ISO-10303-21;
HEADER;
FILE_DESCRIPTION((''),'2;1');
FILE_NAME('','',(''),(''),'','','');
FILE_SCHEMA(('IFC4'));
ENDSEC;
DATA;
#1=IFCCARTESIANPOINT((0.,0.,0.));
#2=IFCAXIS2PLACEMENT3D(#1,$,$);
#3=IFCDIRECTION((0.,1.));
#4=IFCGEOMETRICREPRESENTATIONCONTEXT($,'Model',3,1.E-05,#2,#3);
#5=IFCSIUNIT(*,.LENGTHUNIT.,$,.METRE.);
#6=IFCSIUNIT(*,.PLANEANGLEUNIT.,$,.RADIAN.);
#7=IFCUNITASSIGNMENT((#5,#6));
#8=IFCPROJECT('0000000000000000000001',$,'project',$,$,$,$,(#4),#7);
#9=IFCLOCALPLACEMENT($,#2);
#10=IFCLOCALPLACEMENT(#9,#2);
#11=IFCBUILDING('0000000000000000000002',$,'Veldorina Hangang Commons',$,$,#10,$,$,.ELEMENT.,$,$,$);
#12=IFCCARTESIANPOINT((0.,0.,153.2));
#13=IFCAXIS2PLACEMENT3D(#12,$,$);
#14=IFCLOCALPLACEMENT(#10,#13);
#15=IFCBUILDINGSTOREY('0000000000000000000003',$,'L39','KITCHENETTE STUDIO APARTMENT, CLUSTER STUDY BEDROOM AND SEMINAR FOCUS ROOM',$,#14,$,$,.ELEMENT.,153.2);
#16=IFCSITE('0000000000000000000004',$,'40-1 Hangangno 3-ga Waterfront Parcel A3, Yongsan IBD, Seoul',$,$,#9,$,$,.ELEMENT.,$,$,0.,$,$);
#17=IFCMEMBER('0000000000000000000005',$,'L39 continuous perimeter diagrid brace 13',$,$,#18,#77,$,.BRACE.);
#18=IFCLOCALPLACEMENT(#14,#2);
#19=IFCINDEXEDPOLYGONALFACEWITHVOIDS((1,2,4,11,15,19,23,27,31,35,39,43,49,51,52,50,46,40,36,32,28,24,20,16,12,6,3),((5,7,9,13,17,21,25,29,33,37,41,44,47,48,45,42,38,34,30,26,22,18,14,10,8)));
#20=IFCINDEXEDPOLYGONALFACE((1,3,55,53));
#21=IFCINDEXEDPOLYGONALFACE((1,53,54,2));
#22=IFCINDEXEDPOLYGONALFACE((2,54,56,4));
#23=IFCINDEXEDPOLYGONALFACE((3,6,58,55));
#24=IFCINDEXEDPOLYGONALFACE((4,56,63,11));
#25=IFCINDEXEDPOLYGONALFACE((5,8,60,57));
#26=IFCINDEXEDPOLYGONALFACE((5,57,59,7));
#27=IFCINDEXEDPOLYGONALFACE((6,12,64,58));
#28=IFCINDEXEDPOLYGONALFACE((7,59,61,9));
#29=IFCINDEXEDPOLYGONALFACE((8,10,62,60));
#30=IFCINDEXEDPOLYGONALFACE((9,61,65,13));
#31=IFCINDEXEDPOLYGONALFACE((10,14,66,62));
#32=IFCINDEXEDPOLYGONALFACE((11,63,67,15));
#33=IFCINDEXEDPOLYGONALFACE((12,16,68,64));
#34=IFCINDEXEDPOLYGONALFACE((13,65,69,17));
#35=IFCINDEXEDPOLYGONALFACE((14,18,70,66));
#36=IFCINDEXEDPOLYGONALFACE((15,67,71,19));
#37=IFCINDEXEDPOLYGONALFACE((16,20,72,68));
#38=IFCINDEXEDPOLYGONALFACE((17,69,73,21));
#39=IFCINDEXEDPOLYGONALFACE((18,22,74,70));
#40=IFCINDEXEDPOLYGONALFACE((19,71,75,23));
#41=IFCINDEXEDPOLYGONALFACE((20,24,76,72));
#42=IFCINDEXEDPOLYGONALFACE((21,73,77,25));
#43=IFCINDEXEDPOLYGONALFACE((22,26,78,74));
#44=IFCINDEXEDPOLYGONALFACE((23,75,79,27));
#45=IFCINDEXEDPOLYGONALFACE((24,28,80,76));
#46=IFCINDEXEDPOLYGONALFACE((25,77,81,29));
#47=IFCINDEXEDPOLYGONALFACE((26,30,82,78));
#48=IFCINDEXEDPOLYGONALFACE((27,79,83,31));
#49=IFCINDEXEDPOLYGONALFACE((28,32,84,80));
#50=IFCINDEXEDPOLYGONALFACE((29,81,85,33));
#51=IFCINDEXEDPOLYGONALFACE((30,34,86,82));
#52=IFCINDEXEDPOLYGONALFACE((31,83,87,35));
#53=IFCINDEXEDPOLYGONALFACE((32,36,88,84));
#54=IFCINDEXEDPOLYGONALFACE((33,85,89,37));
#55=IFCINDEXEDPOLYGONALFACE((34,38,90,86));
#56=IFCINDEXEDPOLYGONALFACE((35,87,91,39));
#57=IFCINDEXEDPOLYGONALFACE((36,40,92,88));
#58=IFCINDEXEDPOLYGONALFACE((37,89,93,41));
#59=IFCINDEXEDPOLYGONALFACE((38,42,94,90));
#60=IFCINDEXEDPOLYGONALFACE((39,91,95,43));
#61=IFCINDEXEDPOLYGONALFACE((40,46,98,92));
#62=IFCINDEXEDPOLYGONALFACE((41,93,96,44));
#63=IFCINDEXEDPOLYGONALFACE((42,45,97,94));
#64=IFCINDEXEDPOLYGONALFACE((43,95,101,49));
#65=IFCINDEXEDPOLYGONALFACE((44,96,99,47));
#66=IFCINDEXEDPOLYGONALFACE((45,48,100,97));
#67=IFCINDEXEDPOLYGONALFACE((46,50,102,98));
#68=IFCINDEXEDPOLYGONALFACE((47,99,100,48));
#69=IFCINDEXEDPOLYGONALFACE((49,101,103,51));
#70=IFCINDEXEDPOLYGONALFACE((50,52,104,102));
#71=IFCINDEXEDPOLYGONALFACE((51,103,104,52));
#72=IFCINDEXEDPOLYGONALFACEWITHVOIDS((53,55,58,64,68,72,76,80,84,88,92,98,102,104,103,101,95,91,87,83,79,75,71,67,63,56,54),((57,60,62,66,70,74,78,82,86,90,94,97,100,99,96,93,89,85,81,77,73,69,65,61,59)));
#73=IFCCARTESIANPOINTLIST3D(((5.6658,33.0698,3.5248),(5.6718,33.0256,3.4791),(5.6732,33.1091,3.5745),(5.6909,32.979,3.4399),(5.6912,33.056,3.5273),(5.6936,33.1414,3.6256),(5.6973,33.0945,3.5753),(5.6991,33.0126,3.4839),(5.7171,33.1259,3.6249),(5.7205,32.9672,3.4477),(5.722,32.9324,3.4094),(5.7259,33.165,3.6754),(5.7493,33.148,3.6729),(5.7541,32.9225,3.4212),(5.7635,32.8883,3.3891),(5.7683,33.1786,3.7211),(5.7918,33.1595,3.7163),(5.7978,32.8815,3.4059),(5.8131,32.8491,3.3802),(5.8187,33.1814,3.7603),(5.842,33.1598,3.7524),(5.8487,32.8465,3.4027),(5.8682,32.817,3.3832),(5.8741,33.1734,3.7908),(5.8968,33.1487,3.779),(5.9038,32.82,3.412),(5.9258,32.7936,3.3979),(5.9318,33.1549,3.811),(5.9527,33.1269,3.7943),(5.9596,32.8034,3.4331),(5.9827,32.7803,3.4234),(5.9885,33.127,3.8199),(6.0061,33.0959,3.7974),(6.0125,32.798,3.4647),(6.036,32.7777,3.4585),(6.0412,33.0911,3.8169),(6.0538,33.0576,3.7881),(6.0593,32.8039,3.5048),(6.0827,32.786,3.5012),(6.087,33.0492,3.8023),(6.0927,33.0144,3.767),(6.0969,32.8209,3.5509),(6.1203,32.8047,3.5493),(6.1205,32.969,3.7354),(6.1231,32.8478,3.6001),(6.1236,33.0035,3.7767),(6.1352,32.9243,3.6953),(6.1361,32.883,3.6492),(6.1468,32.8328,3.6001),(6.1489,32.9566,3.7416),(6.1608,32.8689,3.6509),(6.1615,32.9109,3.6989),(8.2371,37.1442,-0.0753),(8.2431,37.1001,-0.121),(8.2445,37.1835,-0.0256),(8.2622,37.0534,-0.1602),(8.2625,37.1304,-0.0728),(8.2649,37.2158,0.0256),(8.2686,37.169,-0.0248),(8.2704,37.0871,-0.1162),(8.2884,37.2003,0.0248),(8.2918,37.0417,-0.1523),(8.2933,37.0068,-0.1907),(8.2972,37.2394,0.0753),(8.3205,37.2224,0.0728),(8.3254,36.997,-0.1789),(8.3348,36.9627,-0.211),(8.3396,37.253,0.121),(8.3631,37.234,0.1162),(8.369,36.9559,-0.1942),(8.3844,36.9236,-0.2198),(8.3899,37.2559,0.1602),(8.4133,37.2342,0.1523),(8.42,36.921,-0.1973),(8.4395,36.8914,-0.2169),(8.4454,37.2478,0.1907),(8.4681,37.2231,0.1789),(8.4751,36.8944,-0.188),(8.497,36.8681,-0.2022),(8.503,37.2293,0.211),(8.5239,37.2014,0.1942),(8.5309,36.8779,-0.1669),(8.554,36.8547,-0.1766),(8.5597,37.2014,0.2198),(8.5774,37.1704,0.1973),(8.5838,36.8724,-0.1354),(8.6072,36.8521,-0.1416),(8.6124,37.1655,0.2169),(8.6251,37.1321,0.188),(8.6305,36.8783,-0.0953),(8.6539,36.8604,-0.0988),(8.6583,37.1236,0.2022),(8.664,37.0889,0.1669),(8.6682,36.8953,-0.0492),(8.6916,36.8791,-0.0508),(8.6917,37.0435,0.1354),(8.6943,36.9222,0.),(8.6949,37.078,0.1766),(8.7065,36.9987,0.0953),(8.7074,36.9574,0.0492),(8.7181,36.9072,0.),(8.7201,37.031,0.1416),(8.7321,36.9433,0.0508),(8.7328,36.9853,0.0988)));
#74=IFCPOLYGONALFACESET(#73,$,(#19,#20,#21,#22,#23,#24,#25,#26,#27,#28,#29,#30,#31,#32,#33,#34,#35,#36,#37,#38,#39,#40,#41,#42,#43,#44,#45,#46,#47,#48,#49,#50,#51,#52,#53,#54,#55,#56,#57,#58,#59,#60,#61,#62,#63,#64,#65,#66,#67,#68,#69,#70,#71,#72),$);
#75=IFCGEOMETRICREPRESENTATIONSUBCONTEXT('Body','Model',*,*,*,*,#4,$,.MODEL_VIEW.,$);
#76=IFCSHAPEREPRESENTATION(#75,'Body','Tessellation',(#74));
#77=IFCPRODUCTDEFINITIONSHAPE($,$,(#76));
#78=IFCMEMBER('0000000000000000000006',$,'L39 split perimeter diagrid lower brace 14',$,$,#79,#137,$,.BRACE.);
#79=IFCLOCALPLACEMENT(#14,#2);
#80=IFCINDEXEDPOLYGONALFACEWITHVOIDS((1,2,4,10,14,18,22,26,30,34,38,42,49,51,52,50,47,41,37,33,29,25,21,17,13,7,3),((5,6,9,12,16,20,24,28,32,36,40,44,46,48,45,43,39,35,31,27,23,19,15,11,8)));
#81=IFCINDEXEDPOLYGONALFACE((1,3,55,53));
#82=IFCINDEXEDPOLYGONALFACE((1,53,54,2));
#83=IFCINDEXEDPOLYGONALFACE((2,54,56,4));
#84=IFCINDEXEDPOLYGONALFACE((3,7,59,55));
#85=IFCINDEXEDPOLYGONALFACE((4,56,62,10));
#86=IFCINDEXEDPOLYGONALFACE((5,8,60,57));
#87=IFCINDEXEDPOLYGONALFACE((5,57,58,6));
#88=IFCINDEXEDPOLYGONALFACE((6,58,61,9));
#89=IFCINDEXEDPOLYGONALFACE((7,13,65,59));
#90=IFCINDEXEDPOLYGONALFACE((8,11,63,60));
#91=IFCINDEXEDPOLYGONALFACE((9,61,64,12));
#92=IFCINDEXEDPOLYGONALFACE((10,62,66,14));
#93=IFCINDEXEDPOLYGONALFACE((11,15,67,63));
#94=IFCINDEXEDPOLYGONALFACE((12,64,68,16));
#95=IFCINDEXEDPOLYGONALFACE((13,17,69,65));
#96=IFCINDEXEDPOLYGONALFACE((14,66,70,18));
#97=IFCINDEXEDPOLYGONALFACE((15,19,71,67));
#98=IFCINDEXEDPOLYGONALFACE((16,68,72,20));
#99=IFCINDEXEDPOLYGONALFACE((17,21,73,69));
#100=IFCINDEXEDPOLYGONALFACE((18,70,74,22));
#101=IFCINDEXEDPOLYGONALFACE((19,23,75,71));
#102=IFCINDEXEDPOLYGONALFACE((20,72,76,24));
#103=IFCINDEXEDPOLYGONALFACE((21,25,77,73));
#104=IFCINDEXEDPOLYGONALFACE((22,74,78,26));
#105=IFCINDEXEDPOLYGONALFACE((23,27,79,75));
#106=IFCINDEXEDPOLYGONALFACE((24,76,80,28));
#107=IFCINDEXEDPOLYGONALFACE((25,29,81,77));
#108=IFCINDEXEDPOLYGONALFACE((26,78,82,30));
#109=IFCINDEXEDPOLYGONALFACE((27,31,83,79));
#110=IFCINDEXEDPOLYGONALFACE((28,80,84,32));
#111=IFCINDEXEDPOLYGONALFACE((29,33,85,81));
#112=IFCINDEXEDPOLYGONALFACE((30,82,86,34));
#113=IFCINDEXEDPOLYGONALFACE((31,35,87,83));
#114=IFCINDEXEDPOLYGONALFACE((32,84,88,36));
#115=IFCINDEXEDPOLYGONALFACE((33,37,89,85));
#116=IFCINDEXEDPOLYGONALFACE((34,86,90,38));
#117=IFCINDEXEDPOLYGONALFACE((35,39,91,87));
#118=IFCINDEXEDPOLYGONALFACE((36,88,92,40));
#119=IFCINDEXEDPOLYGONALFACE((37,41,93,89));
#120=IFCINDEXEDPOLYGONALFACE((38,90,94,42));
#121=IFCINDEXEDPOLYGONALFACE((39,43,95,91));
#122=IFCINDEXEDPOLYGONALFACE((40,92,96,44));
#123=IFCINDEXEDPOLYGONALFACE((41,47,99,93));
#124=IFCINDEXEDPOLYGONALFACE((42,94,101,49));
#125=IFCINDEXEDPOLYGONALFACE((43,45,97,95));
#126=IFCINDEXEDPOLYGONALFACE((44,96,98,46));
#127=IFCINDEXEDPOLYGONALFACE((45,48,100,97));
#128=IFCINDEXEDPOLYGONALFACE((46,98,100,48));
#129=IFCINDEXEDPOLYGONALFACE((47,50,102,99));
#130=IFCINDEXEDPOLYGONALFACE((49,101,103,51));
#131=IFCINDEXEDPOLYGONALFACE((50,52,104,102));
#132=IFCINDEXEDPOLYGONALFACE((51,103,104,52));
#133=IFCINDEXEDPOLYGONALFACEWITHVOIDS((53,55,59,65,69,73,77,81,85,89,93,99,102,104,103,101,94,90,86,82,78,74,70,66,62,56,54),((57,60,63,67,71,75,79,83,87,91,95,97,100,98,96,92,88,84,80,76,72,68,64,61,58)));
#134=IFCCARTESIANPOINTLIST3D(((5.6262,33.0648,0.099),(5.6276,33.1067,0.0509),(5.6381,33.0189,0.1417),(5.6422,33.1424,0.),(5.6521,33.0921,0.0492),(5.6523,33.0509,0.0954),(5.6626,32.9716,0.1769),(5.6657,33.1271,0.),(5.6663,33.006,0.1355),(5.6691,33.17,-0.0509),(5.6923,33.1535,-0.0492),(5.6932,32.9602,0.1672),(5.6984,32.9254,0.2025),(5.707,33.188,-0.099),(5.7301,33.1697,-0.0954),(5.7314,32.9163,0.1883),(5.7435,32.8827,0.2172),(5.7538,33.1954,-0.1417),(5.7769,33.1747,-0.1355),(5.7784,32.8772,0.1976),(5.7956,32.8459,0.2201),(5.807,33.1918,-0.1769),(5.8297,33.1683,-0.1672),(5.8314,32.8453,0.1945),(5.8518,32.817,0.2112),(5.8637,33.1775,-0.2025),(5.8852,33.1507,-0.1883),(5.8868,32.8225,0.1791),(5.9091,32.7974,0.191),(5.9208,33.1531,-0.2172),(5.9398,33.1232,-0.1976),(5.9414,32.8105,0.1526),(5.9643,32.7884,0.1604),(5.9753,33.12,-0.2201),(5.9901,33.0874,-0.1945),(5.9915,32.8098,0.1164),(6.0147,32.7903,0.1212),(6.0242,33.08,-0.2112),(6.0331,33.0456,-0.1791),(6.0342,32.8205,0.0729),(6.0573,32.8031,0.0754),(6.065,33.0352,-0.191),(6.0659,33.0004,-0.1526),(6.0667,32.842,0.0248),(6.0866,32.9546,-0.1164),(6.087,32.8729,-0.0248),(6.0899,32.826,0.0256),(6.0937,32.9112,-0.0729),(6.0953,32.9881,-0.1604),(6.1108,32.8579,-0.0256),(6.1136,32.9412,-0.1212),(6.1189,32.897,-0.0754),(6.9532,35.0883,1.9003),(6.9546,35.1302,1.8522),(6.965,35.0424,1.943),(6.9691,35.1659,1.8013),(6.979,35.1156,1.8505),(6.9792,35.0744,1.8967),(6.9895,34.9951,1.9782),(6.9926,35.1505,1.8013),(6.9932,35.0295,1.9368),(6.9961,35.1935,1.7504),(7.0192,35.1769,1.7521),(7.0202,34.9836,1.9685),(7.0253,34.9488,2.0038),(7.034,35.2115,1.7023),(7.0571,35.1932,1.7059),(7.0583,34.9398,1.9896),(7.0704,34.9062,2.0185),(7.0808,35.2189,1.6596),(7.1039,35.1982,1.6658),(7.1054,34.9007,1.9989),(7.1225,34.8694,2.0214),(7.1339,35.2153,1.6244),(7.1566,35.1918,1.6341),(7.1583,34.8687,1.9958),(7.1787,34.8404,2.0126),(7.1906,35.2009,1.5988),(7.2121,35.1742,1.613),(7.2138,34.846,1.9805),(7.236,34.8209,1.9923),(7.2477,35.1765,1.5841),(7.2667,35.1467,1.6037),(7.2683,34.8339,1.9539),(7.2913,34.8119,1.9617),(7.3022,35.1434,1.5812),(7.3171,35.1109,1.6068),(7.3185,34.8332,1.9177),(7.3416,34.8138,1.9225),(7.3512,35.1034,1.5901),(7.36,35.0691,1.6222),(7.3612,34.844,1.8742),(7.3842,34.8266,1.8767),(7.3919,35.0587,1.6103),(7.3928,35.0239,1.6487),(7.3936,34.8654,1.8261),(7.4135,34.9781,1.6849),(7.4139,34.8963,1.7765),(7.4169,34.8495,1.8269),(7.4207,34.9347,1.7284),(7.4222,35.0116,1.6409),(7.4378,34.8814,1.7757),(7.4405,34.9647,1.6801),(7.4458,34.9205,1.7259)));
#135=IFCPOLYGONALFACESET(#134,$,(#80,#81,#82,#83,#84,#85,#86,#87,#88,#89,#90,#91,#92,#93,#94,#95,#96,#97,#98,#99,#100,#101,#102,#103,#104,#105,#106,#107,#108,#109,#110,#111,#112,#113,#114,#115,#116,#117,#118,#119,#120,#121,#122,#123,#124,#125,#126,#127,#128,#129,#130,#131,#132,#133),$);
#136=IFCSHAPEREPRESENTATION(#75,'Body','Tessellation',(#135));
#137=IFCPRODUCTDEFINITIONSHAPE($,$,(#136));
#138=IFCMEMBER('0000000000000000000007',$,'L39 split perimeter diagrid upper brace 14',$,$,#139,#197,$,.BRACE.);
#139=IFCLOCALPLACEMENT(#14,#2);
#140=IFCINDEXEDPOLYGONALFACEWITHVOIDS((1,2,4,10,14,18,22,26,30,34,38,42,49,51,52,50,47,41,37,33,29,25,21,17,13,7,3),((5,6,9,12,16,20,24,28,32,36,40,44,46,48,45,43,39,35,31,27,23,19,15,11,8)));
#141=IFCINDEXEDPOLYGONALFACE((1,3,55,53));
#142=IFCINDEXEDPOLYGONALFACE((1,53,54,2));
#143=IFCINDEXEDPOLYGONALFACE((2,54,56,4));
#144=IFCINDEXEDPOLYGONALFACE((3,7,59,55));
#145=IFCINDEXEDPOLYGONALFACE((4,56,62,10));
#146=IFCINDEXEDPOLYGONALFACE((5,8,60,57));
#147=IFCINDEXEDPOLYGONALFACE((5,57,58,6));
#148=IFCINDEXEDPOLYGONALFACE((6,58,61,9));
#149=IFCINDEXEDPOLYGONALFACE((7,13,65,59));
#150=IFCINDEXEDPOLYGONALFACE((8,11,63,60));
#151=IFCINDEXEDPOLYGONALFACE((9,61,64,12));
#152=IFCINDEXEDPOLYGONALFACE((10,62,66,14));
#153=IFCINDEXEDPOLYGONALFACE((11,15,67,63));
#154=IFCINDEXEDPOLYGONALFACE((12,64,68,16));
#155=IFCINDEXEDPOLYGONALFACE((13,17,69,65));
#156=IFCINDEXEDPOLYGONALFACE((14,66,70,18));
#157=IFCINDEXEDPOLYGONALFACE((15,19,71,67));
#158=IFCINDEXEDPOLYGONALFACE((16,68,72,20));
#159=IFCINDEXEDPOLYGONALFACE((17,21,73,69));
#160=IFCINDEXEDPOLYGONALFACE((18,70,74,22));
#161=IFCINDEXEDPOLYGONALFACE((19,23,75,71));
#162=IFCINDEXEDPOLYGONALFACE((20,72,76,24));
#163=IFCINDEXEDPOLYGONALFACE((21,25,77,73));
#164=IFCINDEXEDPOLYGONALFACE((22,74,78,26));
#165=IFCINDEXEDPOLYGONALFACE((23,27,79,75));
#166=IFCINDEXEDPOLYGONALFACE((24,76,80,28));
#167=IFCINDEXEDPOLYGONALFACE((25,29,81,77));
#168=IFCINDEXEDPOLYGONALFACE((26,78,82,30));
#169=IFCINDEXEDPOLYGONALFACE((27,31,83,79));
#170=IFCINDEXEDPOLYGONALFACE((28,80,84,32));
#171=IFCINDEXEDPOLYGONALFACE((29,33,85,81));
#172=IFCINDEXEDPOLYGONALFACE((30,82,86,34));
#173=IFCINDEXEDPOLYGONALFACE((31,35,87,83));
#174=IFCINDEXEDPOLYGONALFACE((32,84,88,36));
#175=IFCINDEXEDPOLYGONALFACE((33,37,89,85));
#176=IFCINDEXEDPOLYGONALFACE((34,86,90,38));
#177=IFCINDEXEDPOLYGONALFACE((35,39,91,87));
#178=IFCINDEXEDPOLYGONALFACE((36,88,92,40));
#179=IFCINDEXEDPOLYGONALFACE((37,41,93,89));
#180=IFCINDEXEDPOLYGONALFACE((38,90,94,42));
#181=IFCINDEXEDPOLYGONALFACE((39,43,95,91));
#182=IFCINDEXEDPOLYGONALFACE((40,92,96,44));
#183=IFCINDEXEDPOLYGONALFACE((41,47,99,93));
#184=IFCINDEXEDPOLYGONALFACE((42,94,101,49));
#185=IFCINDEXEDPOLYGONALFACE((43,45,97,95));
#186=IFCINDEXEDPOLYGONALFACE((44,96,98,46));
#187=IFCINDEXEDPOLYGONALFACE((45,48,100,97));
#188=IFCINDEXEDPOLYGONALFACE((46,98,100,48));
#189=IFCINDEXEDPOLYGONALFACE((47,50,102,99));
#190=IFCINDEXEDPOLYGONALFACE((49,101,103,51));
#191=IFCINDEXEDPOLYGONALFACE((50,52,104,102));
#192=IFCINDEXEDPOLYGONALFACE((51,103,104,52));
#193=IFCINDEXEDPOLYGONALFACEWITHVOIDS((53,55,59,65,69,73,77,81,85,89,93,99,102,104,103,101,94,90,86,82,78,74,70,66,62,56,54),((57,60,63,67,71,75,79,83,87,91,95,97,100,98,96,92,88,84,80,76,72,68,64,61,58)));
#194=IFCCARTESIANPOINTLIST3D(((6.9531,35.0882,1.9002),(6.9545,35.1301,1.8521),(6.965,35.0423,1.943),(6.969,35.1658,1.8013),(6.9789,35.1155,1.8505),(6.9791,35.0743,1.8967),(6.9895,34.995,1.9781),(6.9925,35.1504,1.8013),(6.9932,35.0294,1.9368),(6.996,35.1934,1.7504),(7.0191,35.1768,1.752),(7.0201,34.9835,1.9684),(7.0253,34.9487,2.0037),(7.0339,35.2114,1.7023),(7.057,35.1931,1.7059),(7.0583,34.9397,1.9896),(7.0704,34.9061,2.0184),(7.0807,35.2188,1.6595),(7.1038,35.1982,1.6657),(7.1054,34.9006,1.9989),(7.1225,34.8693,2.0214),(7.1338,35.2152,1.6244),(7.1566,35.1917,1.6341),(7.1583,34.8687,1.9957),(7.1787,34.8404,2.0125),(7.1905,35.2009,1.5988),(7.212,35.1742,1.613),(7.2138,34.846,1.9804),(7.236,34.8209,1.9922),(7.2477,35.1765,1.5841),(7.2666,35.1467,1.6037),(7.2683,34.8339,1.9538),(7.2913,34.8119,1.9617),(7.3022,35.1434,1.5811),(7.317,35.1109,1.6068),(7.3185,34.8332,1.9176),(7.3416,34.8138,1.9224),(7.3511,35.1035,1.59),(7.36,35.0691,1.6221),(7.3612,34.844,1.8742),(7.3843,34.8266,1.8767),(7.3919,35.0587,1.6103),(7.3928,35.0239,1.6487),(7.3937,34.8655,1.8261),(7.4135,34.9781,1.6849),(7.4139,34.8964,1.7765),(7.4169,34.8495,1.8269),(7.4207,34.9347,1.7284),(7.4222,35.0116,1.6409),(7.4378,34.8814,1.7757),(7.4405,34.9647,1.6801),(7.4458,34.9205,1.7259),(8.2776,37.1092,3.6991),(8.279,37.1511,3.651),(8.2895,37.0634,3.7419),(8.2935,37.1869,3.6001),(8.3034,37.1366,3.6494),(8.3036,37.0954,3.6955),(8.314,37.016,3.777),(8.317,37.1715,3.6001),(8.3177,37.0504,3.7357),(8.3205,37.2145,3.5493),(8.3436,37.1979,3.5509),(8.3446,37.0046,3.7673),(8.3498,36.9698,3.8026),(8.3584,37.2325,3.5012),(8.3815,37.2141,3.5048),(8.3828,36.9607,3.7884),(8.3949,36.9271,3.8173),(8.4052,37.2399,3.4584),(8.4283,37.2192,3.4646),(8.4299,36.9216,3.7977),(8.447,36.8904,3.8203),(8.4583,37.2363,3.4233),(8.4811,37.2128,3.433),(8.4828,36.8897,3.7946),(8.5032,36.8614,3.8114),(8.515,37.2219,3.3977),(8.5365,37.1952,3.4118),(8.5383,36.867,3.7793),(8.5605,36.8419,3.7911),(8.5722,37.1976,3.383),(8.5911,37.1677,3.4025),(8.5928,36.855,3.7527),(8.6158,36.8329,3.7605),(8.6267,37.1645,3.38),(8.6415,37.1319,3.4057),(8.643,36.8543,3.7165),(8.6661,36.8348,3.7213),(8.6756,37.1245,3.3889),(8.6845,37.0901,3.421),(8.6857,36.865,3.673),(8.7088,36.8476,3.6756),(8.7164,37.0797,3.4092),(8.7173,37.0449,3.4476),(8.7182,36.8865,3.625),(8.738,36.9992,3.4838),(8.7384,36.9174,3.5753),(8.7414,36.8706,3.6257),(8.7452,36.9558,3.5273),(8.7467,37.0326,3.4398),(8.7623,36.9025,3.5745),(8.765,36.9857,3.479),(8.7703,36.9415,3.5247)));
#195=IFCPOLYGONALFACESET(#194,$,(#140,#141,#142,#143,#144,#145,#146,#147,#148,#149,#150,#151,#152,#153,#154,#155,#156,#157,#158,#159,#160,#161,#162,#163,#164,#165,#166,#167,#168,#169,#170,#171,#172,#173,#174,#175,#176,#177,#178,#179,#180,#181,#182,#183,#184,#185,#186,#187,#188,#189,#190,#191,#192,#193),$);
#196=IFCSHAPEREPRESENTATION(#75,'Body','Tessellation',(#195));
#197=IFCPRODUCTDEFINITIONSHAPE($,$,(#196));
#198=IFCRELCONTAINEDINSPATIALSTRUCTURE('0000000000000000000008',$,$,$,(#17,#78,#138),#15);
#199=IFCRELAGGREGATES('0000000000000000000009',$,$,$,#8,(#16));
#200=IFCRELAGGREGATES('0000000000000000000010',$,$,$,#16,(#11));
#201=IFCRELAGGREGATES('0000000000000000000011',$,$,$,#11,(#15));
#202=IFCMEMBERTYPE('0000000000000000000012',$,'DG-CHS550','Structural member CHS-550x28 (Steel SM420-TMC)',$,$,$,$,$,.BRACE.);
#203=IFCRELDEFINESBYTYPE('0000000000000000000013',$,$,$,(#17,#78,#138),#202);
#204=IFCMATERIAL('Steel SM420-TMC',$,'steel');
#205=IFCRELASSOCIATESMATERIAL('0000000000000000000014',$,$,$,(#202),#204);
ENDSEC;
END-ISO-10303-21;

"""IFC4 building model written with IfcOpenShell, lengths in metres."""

from ifc_helpers import new_model, si_unit, direction, frame, origin, origin_2d, place, context, subcontext, project, spatial, hollow_circle, extrude, material, material_profile, profile_set, type_object, element, save


model = new_model("IFC4")

# Units and contexts
model_context = context("Model", 3, precision=1e-05, world=origin(), true_north=direction((0.0, 1.0)))
body_context = subcontext(model_context, "Body", "Model", "MODEL_VIEW")
ifc_project = project(units=[si_unit("LENGTHUNIT", "METRE"), si_unit("PLANEANGLEUNIT", "RADIAN")], contexts=[model_context])

# Site, building, storey
site_placement = place(None, origin())
site = spatial("IfcSite", under=ifc_project, at=site_placement, Name="40-1 Hangangno 3-ga Waterfront Parcel A3, Yongsan IBD, Seoul", CompositionType="ELEMENT", RefElevation=0.0)
building_placement = place(site_placement, origin())
building = spatial("IfcBuilding", under=site, at=building_placement, Name="Veldorina Hangang Commons", CompositionType="ELEMENT")
storey_placement = place(building_placement, frame((0.0, 0.0, 153.2)))
storey = spatial("IfcBuildingStorey", under=building, at=storey_placement, Name="L39", Description="KITCHENETTE STUDIO APARTMENT, CLUSTER STUDY BEDROOM AND SEMINAR FOCUS ROOM", CompositionType="ELEMENT", Elevation=153.2)

# Shared definitions
ifc_material_1 = material(Name="Steel SM420-TMC", Category="steel")

# Members
ifc_material_profile_1 = material_profile(ifc_material_1, hollow_circle(Radius=0.2749, WallThickness=0.0281, at=origin_2d()), Name="CHS-550x28")
ifc_profile_set_1 = profile_set([ifc_material_profile_1], Name="Steel SM420-TMC")
member_type = type_object("IfcMemberType", Name="DG-CHS550", Description="Structural member CHS-550x28 (Steel SM420-TMC)", PredefinedType="BRACE", material=ifc_profile_set_1)
member_1_placement = place(storey_placement, frame((8.4856, 37.054, 0.0), z_axis=(-0.427519, -0.677447, 0.598576), x_axis=(0.845682, -0.533688, 0.0)))
element("IfcMember", 1, at=member_1_placement, inside=storey, type_object=member_type, Name="L39 continuous perimeter diagrid brace 13", PredefinedType="BRACE", context=body_context, shape_type="SweptSolid", body=[
    extrude(hollow_circle(Radius=0.2749, WallThickness=0.0281, at=origin_2d()), origin(), (0.0, 0.0, 1.0), 6.0144),
])
member_2_placement = place(storey_placement, frame((5.8721, 32.9917, 0.0), z_axis=(0.439875, 0.67078, 0.59713), x_axis=(-0.836233, 0.548374, 0.0)))
element("IfcMember", 2, at=member_2_placement, inside=storey, type_object=member_type, Name="L39 split perimeter diagrid lower brace 14", PredefinedType="BRACE", context=body_context, shape_type="SweptSolid", body=[
    extrude(hollow_circle(Radius=0.2749, WallThickness=0.0281, at=origin_2d()), origin(), (0.0, 0.0, 1.0), 3.0166),
])
member_3_placement = place(storey_placement, frame((7.199, 35.0151, 1.8013), z_axis=(0.439674, 0.670898, 0.597146), x_axis=(-0.836392, 0.548131, 0.0)))
element("IfcMember", 3, at=member_3_placement, inside=storey, type_object=member_type, Name="L39 split perimeter diagrid upper brace 14", PredefinedType="BRACE", context=body_context, shape_type="SweptSolid", body=[
    extrude(hollow_circle(Radius=0.2749, WallThickness=0.0281, at=origin_2d()), origin(), (0.0, 0.0, 1.0), 3.0125),
])

save(model, "model.ifc")
